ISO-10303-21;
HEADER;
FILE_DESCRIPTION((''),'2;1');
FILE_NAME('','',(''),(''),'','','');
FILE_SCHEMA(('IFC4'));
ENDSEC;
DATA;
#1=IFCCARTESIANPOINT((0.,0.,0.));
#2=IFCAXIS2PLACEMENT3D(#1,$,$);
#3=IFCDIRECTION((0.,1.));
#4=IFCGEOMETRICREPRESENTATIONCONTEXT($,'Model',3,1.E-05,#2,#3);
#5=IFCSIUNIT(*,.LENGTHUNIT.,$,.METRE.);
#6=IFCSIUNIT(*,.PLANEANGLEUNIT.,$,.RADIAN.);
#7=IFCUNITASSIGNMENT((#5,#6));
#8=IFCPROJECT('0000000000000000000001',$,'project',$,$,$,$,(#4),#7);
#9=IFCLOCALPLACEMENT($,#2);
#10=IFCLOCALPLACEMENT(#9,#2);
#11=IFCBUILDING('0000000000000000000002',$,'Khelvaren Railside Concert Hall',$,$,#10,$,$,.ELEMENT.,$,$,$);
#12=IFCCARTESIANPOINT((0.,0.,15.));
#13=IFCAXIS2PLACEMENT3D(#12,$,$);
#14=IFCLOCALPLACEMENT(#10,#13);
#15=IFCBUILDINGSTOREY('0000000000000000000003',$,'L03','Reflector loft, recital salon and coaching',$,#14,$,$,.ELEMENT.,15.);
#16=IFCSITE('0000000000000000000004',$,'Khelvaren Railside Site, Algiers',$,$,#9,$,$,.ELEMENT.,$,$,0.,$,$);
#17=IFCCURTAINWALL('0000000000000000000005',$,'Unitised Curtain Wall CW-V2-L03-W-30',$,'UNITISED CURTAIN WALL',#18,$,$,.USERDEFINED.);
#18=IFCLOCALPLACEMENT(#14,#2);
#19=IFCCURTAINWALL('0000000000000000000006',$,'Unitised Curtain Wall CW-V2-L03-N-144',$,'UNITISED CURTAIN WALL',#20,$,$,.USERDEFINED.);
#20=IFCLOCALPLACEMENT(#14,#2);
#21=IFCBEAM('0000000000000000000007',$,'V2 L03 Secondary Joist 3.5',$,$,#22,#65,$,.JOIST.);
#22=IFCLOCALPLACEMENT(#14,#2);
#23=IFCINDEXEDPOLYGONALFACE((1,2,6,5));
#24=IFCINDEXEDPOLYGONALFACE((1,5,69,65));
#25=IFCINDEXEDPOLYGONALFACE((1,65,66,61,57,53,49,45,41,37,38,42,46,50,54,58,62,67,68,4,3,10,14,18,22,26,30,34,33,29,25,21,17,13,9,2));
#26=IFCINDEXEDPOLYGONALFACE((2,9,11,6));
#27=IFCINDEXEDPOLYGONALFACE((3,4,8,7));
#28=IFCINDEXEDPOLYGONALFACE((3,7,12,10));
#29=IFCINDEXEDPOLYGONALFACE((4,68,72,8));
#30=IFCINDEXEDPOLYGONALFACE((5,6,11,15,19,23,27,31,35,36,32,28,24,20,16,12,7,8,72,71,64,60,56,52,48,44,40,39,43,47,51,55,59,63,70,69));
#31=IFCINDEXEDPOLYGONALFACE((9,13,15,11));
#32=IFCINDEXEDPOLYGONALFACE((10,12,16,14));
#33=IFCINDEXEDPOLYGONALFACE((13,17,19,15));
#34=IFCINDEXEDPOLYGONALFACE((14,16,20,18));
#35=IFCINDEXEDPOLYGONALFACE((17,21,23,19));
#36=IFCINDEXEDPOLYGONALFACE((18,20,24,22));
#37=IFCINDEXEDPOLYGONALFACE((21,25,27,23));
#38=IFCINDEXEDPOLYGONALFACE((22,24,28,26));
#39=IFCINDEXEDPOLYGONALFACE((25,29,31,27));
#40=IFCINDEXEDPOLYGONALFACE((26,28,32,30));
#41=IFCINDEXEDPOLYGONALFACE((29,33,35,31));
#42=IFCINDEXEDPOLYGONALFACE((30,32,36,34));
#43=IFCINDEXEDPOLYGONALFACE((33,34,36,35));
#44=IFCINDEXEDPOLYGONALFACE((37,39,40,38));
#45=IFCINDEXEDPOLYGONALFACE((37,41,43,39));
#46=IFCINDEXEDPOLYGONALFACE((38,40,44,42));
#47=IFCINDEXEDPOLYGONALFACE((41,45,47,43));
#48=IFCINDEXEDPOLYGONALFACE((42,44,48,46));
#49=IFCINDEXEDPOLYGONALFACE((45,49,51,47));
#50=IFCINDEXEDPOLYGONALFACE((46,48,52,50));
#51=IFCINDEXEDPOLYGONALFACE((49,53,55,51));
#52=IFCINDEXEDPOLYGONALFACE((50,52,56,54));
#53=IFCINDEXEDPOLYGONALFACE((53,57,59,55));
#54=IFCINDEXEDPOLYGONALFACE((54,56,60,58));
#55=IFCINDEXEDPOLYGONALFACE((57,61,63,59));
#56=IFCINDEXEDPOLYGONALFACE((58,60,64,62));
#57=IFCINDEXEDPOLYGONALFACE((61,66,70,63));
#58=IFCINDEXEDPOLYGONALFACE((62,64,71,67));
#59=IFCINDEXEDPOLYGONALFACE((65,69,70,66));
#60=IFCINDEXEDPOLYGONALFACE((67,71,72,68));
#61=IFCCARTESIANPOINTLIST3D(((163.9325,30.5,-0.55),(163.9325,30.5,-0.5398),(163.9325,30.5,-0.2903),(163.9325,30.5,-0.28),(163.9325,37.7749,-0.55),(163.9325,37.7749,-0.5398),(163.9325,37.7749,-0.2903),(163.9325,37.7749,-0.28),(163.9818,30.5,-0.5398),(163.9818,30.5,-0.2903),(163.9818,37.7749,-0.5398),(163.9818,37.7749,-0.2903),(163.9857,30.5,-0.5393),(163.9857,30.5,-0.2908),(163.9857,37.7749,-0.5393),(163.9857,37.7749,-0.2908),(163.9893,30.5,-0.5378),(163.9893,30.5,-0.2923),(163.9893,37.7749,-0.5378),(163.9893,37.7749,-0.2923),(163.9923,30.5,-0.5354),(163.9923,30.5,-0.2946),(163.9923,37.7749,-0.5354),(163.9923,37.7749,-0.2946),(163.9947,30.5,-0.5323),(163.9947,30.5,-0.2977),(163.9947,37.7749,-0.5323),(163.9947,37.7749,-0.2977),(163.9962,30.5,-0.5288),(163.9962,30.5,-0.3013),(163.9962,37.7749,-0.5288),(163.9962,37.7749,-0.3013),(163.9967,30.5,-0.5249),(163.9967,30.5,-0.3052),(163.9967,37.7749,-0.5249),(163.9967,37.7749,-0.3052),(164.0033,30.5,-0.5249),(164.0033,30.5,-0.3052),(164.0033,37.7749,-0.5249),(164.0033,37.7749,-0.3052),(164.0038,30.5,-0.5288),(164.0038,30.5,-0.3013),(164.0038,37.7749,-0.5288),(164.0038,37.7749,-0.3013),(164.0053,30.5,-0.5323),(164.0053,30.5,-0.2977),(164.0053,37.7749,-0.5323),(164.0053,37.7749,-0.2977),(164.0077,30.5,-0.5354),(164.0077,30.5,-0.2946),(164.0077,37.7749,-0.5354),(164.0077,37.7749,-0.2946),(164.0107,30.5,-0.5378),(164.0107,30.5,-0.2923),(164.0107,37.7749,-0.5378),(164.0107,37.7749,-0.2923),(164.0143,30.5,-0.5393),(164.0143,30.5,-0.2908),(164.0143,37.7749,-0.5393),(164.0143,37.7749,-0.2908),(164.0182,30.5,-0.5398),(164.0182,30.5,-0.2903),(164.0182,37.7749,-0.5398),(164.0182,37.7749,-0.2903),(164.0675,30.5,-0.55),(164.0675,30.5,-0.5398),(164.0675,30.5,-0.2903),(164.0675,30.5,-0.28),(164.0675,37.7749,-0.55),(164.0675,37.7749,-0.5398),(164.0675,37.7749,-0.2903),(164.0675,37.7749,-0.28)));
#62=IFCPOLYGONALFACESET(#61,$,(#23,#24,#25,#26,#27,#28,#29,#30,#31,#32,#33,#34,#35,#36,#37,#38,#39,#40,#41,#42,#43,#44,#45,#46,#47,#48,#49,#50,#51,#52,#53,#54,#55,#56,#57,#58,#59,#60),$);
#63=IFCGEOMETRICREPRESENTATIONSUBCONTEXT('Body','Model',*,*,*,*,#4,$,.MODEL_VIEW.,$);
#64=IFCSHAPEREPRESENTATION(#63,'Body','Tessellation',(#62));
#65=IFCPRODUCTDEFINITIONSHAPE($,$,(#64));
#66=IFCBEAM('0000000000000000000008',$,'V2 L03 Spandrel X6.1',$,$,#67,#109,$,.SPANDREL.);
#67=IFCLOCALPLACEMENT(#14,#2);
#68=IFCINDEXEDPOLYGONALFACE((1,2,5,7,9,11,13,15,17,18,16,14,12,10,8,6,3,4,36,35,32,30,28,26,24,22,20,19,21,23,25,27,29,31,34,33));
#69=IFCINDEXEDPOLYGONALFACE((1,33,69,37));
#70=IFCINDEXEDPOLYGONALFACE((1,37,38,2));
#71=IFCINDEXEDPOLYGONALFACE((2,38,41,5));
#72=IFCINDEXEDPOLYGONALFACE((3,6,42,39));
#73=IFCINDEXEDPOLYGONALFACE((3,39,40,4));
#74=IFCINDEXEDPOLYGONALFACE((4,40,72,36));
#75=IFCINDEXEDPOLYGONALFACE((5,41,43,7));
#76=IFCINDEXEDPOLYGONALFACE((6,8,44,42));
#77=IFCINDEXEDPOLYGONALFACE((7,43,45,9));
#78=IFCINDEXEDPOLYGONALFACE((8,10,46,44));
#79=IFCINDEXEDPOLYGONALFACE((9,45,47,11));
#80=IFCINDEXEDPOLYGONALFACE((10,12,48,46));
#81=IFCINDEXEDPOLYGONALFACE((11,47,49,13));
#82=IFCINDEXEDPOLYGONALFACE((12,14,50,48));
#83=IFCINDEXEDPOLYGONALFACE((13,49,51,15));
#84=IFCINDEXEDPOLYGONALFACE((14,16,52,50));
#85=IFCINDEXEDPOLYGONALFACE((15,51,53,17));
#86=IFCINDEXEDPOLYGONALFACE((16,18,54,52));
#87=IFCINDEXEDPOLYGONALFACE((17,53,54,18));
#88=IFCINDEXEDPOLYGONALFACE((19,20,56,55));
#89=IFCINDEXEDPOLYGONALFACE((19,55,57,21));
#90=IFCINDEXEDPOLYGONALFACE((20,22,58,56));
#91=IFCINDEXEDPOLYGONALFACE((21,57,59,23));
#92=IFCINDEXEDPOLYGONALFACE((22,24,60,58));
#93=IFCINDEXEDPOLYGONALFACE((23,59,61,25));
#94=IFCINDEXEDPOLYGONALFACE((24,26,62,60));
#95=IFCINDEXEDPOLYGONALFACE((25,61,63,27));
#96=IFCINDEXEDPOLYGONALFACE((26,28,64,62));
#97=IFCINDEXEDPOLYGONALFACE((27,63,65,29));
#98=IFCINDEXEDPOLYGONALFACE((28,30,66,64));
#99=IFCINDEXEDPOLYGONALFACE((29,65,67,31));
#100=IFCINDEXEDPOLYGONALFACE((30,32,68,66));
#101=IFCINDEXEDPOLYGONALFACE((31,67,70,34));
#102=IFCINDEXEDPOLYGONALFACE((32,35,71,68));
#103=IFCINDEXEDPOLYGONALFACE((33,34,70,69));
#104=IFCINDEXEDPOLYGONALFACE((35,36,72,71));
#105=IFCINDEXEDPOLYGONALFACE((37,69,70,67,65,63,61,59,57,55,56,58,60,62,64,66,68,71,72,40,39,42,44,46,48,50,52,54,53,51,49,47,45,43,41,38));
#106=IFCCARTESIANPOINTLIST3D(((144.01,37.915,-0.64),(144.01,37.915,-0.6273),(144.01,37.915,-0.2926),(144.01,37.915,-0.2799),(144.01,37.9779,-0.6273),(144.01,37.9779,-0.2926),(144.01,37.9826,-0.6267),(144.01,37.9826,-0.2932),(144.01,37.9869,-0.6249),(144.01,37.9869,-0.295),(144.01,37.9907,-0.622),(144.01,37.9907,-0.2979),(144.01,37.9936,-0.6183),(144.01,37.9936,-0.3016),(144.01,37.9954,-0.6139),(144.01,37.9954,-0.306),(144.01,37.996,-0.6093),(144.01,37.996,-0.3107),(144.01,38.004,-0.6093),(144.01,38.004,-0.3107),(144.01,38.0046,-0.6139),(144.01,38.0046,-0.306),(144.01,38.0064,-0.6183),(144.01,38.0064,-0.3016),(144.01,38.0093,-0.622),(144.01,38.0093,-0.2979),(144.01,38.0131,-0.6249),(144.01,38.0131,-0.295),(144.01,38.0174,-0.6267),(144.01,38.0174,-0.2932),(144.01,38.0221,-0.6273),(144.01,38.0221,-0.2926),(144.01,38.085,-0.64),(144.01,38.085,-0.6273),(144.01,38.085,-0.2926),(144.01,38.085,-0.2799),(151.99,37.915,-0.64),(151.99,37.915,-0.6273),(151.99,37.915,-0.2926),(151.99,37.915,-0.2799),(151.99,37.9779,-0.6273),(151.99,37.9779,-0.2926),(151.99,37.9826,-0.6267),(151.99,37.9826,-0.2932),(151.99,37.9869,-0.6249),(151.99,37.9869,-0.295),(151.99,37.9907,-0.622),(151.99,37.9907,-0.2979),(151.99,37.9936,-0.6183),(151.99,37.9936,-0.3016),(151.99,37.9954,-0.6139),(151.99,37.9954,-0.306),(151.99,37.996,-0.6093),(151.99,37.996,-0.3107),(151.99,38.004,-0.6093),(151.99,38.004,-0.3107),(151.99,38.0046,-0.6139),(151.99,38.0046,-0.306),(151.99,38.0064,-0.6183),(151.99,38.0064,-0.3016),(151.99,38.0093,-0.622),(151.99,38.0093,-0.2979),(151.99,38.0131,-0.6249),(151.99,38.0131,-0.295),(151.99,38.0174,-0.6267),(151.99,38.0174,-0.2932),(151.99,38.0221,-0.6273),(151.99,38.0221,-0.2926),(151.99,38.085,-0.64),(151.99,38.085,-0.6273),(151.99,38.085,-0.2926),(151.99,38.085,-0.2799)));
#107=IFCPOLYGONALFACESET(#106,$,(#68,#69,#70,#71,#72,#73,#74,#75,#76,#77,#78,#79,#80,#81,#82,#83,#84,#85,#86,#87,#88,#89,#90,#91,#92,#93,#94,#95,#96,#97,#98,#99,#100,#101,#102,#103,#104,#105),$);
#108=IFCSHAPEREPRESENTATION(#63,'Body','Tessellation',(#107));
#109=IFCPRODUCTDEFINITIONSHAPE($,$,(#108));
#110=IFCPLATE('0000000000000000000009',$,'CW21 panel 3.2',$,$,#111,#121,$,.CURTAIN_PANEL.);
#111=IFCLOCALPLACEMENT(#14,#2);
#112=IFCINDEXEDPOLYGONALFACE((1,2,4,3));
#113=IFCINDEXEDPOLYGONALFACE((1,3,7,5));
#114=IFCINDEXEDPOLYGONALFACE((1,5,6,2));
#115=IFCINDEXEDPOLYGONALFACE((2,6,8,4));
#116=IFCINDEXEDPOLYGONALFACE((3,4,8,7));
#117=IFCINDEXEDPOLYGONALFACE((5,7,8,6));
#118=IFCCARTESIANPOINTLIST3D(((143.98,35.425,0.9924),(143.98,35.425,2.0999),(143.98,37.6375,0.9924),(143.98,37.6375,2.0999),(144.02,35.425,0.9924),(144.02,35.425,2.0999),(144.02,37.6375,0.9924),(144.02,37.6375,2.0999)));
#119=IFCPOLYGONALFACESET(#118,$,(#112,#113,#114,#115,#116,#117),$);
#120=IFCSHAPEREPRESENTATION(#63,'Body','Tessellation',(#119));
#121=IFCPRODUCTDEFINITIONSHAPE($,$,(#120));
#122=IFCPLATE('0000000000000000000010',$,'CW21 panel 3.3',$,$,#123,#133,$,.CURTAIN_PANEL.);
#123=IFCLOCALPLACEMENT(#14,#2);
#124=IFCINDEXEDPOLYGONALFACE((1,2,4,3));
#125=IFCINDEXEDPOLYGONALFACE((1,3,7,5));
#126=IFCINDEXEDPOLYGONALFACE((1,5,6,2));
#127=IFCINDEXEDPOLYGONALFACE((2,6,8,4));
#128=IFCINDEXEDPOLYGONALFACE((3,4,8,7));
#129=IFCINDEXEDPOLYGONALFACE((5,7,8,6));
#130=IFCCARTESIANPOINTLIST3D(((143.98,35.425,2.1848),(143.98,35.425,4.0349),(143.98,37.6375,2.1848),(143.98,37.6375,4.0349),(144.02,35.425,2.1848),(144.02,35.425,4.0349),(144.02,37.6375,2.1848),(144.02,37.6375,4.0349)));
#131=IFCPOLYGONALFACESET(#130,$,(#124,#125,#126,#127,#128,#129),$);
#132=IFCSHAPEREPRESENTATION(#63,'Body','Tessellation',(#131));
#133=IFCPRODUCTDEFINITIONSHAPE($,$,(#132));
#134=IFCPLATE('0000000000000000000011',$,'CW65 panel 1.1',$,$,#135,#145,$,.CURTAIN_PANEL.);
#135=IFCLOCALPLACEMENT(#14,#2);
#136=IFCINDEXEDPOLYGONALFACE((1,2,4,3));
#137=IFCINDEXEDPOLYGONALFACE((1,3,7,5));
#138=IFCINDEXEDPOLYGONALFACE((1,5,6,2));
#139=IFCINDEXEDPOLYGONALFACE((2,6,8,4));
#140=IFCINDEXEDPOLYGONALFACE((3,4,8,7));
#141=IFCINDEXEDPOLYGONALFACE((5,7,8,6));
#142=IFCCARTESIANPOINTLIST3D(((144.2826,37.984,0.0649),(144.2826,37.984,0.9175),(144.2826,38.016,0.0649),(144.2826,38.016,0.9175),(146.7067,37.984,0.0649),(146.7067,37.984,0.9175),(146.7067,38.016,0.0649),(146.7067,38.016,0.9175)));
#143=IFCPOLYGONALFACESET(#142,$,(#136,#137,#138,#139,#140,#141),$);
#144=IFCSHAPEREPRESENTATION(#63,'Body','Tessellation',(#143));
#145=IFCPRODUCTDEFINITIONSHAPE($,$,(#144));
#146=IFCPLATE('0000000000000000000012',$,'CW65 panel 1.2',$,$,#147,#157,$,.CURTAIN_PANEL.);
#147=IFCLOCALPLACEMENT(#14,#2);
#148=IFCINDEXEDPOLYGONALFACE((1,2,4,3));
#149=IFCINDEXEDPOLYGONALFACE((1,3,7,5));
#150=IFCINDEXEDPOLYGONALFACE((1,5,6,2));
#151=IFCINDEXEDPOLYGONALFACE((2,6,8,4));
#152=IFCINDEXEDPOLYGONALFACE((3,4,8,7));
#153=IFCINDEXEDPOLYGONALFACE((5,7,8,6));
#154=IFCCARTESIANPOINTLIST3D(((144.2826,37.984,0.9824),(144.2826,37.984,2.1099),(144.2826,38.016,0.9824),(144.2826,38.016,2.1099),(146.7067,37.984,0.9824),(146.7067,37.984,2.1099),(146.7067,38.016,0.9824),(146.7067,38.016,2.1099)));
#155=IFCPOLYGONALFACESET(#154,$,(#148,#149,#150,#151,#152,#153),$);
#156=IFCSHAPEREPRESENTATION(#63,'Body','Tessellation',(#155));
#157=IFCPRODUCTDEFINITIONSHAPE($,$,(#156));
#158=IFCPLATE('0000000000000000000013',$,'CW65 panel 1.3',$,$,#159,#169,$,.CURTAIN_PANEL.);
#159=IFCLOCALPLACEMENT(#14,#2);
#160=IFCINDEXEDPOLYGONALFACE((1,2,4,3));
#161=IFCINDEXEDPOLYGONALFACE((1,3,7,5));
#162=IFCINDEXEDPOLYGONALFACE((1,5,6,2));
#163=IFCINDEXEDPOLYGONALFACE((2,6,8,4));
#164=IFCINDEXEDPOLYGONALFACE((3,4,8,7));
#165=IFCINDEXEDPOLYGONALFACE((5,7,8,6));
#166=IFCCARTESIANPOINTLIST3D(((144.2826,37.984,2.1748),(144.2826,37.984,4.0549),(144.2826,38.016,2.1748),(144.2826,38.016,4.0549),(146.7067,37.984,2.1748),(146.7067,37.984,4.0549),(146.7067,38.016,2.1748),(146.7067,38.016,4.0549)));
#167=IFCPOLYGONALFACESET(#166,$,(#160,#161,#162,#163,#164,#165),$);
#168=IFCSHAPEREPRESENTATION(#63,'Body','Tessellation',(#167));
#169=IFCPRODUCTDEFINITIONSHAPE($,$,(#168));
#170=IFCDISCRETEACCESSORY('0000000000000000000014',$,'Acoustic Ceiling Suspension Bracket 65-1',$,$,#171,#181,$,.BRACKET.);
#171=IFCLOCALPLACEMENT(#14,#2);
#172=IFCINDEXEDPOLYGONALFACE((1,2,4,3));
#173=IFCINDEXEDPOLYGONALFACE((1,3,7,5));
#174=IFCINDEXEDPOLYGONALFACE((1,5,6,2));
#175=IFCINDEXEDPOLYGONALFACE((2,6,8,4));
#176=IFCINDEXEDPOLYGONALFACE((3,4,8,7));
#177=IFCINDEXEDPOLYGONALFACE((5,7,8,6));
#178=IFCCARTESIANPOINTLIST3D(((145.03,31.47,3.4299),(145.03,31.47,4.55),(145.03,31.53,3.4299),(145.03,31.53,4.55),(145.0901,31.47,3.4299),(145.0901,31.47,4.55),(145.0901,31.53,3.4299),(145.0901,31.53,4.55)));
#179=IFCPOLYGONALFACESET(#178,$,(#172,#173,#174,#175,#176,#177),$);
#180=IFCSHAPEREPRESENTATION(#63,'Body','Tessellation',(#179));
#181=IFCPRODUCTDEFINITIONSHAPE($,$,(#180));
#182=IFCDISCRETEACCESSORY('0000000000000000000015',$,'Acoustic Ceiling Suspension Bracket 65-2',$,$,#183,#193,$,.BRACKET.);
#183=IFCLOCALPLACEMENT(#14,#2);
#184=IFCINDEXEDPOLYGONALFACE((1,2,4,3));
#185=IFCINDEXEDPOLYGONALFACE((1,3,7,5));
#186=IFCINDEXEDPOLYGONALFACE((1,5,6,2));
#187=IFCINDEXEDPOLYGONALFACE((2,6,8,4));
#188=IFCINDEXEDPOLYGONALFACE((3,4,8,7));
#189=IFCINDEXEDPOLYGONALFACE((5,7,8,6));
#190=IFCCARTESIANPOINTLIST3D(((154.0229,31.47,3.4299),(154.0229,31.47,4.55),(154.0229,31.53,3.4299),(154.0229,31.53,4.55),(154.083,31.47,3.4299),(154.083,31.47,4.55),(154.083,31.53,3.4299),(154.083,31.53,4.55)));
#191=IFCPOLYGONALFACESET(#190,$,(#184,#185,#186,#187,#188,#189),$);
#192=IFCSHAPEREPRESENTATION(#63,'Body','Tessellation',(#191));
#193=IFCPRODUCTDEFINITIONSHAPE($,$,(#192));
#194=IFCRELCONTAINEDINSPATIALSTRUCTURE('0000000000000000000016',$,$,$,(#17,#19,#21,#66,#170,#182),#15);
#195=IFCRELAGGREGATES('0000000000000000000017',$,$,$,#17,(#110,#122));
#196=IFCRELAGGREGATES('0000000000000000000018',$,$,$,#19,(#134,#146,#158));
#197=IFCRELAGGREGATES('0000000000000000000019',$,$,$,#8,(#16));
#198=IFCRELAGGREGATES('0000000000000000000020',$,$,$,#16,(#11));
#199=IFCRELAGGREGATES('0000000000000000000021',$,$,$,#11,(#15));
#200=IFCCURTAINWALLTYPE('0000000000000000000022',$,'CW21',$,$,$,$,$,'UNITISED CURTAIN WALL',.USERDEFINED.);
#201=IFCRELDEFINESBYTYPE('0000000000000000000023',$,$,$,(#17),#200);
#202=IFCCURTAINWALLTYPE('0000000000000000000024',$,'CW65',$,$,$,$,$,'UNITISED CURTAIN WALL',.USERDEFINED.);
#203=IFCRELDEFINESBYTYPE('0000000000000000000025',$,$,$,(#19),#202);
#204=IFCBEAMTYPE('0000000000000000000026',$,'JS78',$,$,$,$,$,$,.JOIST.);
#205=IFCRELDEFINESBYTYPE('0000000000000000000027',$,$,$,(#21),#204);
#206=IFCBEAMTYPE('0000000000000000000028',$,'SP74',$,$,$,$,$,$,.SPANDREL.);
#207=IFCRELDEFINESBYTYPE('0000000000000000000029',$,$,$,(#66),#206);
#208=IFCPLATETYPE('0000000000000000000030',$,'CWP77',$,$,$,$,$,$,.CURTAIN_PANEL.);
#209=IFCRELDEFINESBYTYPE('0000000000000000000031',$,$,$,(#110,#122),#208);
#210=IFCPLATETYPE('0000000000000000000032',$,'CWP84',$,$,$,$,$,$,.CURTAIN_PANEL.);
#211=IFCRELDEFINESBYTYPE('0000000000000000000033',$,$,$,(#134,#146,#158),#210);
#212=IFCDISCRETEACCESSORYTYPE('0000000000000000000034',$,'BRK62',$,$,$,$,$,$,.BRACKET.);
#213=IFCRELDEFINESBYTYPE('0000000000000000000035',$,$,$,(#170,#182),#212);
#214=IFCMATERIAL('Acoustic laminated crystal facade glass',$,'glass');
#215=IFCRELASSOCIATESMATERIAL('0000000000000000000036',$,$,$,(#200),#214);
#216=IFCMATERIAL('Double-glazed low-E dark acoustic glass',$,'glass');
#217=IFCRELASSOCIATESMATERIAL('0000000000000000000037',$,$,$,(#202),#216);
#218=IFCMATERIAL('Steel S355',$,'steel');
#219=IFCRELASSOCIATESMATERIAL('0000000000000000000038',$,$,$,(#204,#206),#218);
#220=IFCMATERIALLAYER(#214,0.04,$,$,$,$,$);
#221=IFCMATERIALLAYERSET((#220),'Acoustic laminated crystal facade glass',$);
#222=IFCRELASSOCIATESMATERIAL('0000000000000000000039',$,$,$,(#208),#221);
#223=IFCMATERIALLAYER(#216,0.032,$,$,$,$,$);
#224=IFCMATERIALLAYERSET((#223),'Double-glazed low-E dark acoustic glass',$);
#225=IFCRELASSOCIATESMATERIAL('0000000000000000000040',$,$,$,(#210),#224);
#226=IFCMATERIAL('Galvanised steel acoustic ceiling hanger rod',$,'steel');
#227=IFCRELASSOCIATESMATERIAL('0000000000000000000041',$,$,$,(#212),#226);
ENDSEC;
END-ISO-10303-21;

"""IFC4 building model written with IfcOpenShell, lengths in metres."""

from ifc_helpers import new_model, si_unit, direction, frame, origin, origin_2d, place, context, subcontext, project, spatial, rectangle, i_section, extrude, material, layer, layer_set, material_profile, profile_set, type_object, element, aggregate, save


model = new_model("IFC4")

# Units and contexts
model_context = context("Model", 3, precision=1e-05, world=origin(), true_north=direction((0.0, 1.0)))
body_context = subcontext(model_context, "Body", "Model", "MODEL_VIEW")
ifc_project = project(units=[si_unit("LENGTHUNIT", "METRE"), si_unit("PLANEANGLEUNIT", "RADIAN")], contexts=[model_context])

# Site, building, storey
site_placement = place(None, origin())
site = spatial("IfcSite", under=ifc_project, at=site_placement, Name="Khelvaren Railside Site, Algiers", CompositionType="ELEMENT", RefElevation=0.0)
building_placement = place(site_placement, origin())
building = spatial("IfcBuilding", under=site, at=building_placement, Name="Khelvaren Railside Concert Hall", CompositionType="ELEMENT")
storey_placement = place(building_placement, frame((0.0, 0.0, 15.0)))
storey = spatial("IfcBuildingStorey", under=building, at=storey_placement, Name="L03", Description="Reflector loft, recital salon and coaching", CompositionType="ELEMENT", Elevation=15.0)

# Shared definitions
ifc_material_1 = material(Name="Steel S355", Category="steel")

# Curtain wall
ifc_material_2 = material(Name="Acoustic laminated crystal facade glass", Category="glass")
curtain_wall_type_1 = type_object("IfcCurtainWallType", Name="CW21", ElementType="UNITISED CURTAIN WALL", PredefinedType="USERDEFINED", material=ifc_material_2)
curtain_wall_1_placement = place(storey_placement, origin())
curtain_wall_1 = element("IfcCurtainWall", 1, at=curtain_wall_1_placement, inside=storey, type_object=curtain_wall_type_1, Name="Unitised Curtain Wall CW-V2-L03-W-30", ObjectType="UNITISED CURTAIN WALL", PredefinedType="USERDEFINED")

# Curtain wall
ifc_material_3 = material(Name="Double-glazed low-E dark acoustic glass", Category="glass")
curtain_wall_type_2 = type_object("IfcCurtainWallType", Name="CW65", ElementType="UNITISED CURTAIN WALL", PredefinedType="USERDEFINED", material=ifc_material_3)
curtain_wall_2_placement = place(storey_placement, origin())
curtain_wall_2 = element("IfcCurtainWall", 2, at=curtain_wall_2_placement, inside=storey, type_object=curtain_wall_type_2, Name="Unitised Curtain Wall CW-V2-L03-N-144", ObjectType="UNITISED CURTAIN WALL", PredefinedType="USERDEFINED")

# Beams
ifc_material_profile_1 = material_profile(ifc_material_1, i_section(OverallWidth=0.135, OverallDepth=0.27, WebThickness=0.0066, FlangeThickness=0.0103, FilletRadius=0.0149, at=origin_2d()), Name="IPE 270")
ifc_profile_set_1 = profile_set([ifc_material_profile_1], Name="Steel S355")
beam_type_1 = type_object("IfcBeamType", Name="JS78", PredefinedType="JOIST", material=ifc_profile_set_1)
beam_1_placement = place(storey_placement, frame((164.0, 30.5, -0.415), z_axis=(0.0, 1.0, 0.0), x_axis=(-1.0, 0.0, 0.0)))
element("IfcBeam", 3, at=beam_1_placement, inside=storey, type_object=beam_type_1, Name="V2 L03 Secondary Joist 3.5", PredefinedType="JOIST", context=body_context, shape_type="SweptSolid", body=[
    extrude(i_section(OverallWidth=0.135, OverallDepth=0.27, WebThickness=0.0066, FlangeThickness=0.0103, FilletRadius=0.0149, at=origin_2d()), origin(), (0.0, 0.0, 1.0), 7.2749),
])
ifc_material_profile_2 = material_profile(ifc_material_1, i_section(OverallWidth=0.1699, OverallDepth=0.3601, WebThickness=0.0081, FlangeThickness=0.0127, FilletRadius=0.0181, at=origin_2d()), Name="IPE 360")
ifc_profile_set_2 = profile_set([ifc_material_profile_2], Name="Steel S355")
beam_type_2 = type_object("IfcBeamType", Name="SP74", PredefinedType="SPANDREL", material=ifc_profile_set_2)
beam_2_placement = place(storey_placement, frame((144.01, 38.0, -0.46), z_axis=(1.0, 0.0, 0.0), x_axis=(0.0, 1.0, 0.0)))
element("IfcBeam", 4, at=beam_2_placement, inside=storey, type_object=beam_type_2, Name="V2 L03 Spandrel X6.1", PredefinedType="SPANDREL", context=body_context, shape_type="SweptSolid", body=[
    extrude(i_section(OverallWidth=0.1699, OverallDepth=0.3601, WebThickness=0.0081, FlangeThickness=0.0127, FilletRadius=0.0181, at=origin_2d()), origin(), (0.0, 0.0, 1.0), 7.98),
])

# Plates
ifc_layer_1 = layer(ifc_material_2, 0.04)
ifc_layer_set_1 = layer_set([ifc_layer_1], Name="Acoustic laminated crystal facade glass")
plate_type_1 = type_object("IfcPlateType", Name="CWP77", PredefinedType="CURTAIN_PANEL", material=ifc_layer_set_1)
plate_1_placement = place(storey_placement, frame((144.0, 36.5312, 0.9924), z_axis=(0.0, 0.0, 1.0), x_axis=(0.0, 1.0, 0.0)))
plate_1 = element("IfcPlate", 5, at=plate_1_placement, type_object=plate_type_1, Name="CW21 panel 3.2", PredefinedType="CURTAIN_PANEL", context=body_context, shape_type="SweptSolid", body=[
    extrude(rectangle(XDim=2.2124, YDim=0.04, at=origin_2d()), origin(), (0.0, 0.0, 1.0), 1.1074),
])
plate_2_placement = place(storey_placement, frame((144.0, 36.5312, 2.1848), z_axis=(0.0, 0.0, 1.0), x_axis=(0.0, 1.0, 0.0)))
plate_2 = element("IfcPlate", 6, at=plate_2_placement, type_object=plate_type_1, Name="CW21 panel 3.3", PredefinedType="CURTAIN_PANEL", context=body_context, shape_type="SweptSolid", body=[
    extrude(rectangle(XDim=2.2124, YDim=0.04, at=origin_2d()), origin(), (0.0, 0.0, 1.0), 1.8501),
])
aggregate(curtain_wall_1, [plate_1, plate_2])
ifc_layer_2 = layer(ifc_material_3, 0.032)
ifc_layer_set_2 = layer_set([ifc_layer_2], Name="Double-glazed low-E dark acoustic glass")
plate_type_2 = type_object("IfcPlateType", Name="CWP84", PredefinedType="CURTAIN_PANEL", material=ifc_layer_set_2)
plate_3_placement = place(storey_placement, frame((145.4946, 38.0, 0.0649), z_axis=(0.0, 0.0, 1.0), x_axis=(1.0, 0.0, 0.0)))
plate_3 = element("IfcPlate", 7, at=plate_3_placement, type_object=plate_type_2, Name="CW65 panel 1.1", PredefinedType="CURTAIN_PANEL", context=body_context, shape_type="SweptSolid", body=[
    extrude(rectangle(XDim=2.4241, YDim=0.032, at=origin_2d()), origin(), (0.0, 0.0, 1.0), 0.8525),
])
plate_4_placement = place(storey_placement, frame((145.4946, 38.0, 0.9824), z_axis=(0.0, 0.0, 1.0), x_axis=(1.0, 0.0, 0.0)))
plate_4 = element("IfcPlate", 8, at=plate_4_placement, type_object=plate_type_2, Name="CW65 panel 1.2", PredefinedType="CURTAIN_PANEL", context=body_context, shape_type="SweptSolid", body=[
    extrude(rectangle(XDim=2.4241, YDim=0.032, at=origin_2d()), origin(), (0.0, 0.0, 1.0), 1.1274),
])
plate_5_placement = place(storey_placement, frame((145.4946, 38.0, 2.1748), z_axis=(0.0, 0.0, 1.0), x_axis=(1.0, 0.0, 0.0)))
plate_5 = element("IfcPlate", 9, at=plate_5_placement, type_object=plate_type_2, Name="CW65 panel 1.3", PredefinedType="CURTAIN_PANEL", context=body_context, shape_type="SweptSolid", body=[
    extrude(rectangle(XDim=2.4241, YDim=0.032, at=origin_2d()), origin(), (0.0, 0.0, 1.0), 1.8801),
])
aggregate(curtain_wall_2, [plate_3, plate_4, plate_5])

# Discrete accessories
ifc_material_4 = material(Name="Galvanised steel acoustic ceiling hanger rod", Category="steel")
discrete_accessory_type = type_object("IfcDiscreteAccessoryType", Name="BRK62", PredefinedType="BRACKET", material=ifc_material_4)
for number, where, z_axis, x_axis, name in (
    (10, (145.0601, 31.5, 3.4299), (0.0, 0.0, 1.0), (1.0, 0.0, 0.0), "Acoustic Ceiling Suspension Bracket 65-1"),
    (11, (154.053, 31.5, 3.4299), (0.0, 0.0, 1.0), (1.0, 0.0, 0.0), "Acoustic Ceiling Suspension Bracket 65-2"),
):
    element("IfcDiscreteAccessory", number, at=place(storey_placement, frame(where, z_axis=z_axis, x_axis=x_axis)), inside=storey, type_object=discrete_accessory_type, Name=name, PredefinedType="BRACKET", context=body_context, shape_type="SweptSolid", body=[
        extrude(rectangle(XDim=0.0601, YDim=0.0601, at=origin_2d()), origin(), (0.0, 0.0, 1.0), 1.1201),
    ])

save(model, "model.ifc")
